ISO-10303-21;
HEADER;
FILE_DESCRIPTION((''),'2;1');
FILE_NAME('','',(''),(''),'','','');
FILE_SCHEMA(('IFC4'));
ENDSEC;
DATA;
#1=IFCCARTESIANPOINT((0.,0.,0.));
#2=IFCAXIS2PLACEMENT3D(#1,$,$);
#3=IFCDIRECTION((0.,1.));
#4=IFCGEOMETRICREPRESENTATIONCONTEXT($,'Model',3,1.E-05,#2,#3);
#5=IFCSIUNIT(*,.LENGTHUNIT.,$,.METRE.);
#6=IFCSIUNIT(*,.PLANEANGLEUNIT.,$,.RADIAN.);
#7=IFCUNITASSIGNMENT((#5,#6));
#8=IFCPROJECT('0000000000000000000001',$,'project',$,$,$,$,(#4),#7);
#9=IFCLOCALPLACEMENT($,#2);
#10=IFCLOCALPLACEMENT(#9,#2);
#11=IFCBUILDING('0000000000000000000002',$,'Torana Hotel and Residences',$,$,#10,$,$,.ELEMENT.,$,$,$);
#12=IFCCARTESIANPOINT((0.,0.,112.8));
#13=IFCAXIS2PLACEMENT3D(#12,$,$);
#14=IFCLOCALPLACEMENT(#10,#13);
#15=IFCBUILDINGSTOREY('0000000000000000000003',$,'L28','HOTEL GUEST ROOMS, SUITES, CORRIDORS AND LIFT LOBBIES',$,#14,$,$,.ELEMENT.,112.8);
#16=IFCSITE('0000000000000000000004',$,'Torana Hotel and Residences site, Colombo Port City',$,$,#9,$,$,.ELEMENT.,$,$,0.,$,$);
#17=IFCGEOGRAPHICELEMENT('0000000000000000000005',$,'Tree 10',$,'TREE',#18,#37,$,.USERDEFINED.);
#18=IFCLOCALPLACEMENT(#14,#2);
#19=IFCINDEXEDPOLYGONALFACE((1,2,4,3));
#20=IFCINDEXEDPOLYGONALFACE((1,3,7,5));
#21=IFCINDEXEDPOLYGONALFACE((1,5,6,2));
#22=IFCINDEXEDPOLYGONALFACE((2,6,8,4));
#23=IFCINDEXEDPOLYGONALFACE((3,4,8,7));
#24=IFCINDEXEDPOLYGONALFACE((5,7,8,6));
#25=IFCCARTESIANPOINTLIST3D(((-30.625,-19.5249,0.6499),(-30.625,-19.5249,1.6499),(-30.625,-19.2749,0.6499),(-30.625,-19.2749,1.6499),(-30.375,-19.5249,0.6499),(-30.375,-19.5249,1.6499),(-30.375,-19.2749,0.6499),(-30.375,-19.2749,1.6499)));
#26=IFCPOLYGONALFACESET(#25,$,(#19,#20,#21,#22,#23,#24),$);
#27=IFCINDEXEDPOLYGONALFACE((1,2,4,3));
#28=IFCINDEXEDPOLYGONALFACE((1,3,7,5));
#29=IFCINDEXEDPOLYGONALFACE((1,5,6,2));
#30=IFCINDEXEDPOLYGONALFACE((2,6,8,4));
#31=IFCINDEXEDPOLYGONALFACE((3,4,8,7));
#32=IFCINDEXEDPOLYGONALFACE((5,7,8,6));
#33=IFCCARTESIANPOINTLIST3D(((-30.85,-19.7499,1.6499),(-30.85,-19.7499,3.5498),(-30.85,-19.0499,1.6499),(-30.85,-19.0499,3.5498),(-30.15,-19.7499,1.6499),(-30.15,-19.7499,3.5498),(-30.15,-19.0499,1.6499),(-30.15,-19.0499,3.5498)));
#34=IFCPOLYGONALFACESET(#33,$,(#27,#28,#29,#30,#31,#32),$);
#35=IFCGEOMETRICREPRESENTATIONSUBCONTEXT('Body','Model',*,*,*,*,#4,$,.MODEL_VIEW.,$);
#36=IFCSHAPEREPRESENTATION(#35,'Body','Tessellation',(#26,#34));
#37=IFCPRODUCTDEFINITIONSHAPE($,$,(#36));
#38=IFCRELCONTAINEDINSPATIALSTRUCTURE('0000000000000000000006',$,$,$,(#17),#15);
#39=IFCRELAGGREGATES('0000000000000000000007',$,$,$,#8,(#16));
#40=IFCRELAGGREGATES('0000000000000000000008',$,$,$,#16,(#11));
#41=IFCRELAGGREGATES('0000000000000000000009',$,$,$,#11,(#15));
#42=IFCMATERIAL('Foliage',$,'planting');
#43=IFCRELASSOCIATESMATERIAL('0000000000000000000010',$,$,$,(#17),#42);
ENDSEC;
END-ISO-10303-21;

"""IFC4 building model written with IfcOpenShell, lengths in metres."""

from ifc_helpers import new_model, si_unit, direction, frame, origin, origin_2d, place, context, subcontext, project, spatial, rectangle, extrude, material, element, save


model = new_model("IFC4")

# Units and contexts
model_context = context("Model", 3, precision=1e-05, world=origin(), true_north=direction((0.0, 1.0)))
body_context = subcontext(model_context, "Body", "Model", "MODEL_VIEW")
ifc_project = project(units=[si_unit("LENGTHUNIT", "METRE"), si_unit("PLANEANGLEUNIT", "RADIAN")], contexts=[model_context])

# Site, building, storey
site_placement = place(None, origin())
site = spatial("IfcSite", under=ifc_project, at=site_placement, Name="Torana Hotel and Residences site, Colombo Port City", CompositionType="ELEMENT", RefElevation=0.0)
building_placement = place(site_placement, origin())
building = spatial("IfcBuilding", under=site, at=building_placement, Name="Torana Hotel and Residences", CompositionType="ELEMENT")
storey_placement = place(building_placement, frame((0.0, 0.0, 112.8)))
storey = spatial("IfcBuildingStorey", under=building, at=storey_placement, Name="L28", Description="HOTEL GUEST ROOMS, SUITES, CORRIDORS AND LIFT LOBBIES", CompositionType="ELEMENT", Elevation=112.8)

# Geographic element
ifc_material_1 = material(Name="Foliage", Category="planting")
geographic_element_placement = place(storey_placement, frame((-30.5, -19.3999, 0.6499), z_axis=(0.0, 0.0, 1.0), x_axis=(1.0, 0.0, 0.0)))
element("IfcGeographicElement", 1, at=geographic_element_placement, inside=storey, material=ifc_material_1, Name="Tree 10", ObjectType="TREE", PredefinedType="USERDEFINED", context=body_context, shape_type="SweptSolid", body=[
    extrude(rectangle(XDim=0.25, YDim=0.25, at=origin_2d()), origin(), (0.0, 0.0, 1.0), 1.0),
    extrude(rectangle(XDim=0.7, YDim=0.7, at=origin_2d()), frame((0.0, 0.0, 1.0)), (0.0, 0.0, 1.0), 1.8999),
])

save(model, "model.ifc")
